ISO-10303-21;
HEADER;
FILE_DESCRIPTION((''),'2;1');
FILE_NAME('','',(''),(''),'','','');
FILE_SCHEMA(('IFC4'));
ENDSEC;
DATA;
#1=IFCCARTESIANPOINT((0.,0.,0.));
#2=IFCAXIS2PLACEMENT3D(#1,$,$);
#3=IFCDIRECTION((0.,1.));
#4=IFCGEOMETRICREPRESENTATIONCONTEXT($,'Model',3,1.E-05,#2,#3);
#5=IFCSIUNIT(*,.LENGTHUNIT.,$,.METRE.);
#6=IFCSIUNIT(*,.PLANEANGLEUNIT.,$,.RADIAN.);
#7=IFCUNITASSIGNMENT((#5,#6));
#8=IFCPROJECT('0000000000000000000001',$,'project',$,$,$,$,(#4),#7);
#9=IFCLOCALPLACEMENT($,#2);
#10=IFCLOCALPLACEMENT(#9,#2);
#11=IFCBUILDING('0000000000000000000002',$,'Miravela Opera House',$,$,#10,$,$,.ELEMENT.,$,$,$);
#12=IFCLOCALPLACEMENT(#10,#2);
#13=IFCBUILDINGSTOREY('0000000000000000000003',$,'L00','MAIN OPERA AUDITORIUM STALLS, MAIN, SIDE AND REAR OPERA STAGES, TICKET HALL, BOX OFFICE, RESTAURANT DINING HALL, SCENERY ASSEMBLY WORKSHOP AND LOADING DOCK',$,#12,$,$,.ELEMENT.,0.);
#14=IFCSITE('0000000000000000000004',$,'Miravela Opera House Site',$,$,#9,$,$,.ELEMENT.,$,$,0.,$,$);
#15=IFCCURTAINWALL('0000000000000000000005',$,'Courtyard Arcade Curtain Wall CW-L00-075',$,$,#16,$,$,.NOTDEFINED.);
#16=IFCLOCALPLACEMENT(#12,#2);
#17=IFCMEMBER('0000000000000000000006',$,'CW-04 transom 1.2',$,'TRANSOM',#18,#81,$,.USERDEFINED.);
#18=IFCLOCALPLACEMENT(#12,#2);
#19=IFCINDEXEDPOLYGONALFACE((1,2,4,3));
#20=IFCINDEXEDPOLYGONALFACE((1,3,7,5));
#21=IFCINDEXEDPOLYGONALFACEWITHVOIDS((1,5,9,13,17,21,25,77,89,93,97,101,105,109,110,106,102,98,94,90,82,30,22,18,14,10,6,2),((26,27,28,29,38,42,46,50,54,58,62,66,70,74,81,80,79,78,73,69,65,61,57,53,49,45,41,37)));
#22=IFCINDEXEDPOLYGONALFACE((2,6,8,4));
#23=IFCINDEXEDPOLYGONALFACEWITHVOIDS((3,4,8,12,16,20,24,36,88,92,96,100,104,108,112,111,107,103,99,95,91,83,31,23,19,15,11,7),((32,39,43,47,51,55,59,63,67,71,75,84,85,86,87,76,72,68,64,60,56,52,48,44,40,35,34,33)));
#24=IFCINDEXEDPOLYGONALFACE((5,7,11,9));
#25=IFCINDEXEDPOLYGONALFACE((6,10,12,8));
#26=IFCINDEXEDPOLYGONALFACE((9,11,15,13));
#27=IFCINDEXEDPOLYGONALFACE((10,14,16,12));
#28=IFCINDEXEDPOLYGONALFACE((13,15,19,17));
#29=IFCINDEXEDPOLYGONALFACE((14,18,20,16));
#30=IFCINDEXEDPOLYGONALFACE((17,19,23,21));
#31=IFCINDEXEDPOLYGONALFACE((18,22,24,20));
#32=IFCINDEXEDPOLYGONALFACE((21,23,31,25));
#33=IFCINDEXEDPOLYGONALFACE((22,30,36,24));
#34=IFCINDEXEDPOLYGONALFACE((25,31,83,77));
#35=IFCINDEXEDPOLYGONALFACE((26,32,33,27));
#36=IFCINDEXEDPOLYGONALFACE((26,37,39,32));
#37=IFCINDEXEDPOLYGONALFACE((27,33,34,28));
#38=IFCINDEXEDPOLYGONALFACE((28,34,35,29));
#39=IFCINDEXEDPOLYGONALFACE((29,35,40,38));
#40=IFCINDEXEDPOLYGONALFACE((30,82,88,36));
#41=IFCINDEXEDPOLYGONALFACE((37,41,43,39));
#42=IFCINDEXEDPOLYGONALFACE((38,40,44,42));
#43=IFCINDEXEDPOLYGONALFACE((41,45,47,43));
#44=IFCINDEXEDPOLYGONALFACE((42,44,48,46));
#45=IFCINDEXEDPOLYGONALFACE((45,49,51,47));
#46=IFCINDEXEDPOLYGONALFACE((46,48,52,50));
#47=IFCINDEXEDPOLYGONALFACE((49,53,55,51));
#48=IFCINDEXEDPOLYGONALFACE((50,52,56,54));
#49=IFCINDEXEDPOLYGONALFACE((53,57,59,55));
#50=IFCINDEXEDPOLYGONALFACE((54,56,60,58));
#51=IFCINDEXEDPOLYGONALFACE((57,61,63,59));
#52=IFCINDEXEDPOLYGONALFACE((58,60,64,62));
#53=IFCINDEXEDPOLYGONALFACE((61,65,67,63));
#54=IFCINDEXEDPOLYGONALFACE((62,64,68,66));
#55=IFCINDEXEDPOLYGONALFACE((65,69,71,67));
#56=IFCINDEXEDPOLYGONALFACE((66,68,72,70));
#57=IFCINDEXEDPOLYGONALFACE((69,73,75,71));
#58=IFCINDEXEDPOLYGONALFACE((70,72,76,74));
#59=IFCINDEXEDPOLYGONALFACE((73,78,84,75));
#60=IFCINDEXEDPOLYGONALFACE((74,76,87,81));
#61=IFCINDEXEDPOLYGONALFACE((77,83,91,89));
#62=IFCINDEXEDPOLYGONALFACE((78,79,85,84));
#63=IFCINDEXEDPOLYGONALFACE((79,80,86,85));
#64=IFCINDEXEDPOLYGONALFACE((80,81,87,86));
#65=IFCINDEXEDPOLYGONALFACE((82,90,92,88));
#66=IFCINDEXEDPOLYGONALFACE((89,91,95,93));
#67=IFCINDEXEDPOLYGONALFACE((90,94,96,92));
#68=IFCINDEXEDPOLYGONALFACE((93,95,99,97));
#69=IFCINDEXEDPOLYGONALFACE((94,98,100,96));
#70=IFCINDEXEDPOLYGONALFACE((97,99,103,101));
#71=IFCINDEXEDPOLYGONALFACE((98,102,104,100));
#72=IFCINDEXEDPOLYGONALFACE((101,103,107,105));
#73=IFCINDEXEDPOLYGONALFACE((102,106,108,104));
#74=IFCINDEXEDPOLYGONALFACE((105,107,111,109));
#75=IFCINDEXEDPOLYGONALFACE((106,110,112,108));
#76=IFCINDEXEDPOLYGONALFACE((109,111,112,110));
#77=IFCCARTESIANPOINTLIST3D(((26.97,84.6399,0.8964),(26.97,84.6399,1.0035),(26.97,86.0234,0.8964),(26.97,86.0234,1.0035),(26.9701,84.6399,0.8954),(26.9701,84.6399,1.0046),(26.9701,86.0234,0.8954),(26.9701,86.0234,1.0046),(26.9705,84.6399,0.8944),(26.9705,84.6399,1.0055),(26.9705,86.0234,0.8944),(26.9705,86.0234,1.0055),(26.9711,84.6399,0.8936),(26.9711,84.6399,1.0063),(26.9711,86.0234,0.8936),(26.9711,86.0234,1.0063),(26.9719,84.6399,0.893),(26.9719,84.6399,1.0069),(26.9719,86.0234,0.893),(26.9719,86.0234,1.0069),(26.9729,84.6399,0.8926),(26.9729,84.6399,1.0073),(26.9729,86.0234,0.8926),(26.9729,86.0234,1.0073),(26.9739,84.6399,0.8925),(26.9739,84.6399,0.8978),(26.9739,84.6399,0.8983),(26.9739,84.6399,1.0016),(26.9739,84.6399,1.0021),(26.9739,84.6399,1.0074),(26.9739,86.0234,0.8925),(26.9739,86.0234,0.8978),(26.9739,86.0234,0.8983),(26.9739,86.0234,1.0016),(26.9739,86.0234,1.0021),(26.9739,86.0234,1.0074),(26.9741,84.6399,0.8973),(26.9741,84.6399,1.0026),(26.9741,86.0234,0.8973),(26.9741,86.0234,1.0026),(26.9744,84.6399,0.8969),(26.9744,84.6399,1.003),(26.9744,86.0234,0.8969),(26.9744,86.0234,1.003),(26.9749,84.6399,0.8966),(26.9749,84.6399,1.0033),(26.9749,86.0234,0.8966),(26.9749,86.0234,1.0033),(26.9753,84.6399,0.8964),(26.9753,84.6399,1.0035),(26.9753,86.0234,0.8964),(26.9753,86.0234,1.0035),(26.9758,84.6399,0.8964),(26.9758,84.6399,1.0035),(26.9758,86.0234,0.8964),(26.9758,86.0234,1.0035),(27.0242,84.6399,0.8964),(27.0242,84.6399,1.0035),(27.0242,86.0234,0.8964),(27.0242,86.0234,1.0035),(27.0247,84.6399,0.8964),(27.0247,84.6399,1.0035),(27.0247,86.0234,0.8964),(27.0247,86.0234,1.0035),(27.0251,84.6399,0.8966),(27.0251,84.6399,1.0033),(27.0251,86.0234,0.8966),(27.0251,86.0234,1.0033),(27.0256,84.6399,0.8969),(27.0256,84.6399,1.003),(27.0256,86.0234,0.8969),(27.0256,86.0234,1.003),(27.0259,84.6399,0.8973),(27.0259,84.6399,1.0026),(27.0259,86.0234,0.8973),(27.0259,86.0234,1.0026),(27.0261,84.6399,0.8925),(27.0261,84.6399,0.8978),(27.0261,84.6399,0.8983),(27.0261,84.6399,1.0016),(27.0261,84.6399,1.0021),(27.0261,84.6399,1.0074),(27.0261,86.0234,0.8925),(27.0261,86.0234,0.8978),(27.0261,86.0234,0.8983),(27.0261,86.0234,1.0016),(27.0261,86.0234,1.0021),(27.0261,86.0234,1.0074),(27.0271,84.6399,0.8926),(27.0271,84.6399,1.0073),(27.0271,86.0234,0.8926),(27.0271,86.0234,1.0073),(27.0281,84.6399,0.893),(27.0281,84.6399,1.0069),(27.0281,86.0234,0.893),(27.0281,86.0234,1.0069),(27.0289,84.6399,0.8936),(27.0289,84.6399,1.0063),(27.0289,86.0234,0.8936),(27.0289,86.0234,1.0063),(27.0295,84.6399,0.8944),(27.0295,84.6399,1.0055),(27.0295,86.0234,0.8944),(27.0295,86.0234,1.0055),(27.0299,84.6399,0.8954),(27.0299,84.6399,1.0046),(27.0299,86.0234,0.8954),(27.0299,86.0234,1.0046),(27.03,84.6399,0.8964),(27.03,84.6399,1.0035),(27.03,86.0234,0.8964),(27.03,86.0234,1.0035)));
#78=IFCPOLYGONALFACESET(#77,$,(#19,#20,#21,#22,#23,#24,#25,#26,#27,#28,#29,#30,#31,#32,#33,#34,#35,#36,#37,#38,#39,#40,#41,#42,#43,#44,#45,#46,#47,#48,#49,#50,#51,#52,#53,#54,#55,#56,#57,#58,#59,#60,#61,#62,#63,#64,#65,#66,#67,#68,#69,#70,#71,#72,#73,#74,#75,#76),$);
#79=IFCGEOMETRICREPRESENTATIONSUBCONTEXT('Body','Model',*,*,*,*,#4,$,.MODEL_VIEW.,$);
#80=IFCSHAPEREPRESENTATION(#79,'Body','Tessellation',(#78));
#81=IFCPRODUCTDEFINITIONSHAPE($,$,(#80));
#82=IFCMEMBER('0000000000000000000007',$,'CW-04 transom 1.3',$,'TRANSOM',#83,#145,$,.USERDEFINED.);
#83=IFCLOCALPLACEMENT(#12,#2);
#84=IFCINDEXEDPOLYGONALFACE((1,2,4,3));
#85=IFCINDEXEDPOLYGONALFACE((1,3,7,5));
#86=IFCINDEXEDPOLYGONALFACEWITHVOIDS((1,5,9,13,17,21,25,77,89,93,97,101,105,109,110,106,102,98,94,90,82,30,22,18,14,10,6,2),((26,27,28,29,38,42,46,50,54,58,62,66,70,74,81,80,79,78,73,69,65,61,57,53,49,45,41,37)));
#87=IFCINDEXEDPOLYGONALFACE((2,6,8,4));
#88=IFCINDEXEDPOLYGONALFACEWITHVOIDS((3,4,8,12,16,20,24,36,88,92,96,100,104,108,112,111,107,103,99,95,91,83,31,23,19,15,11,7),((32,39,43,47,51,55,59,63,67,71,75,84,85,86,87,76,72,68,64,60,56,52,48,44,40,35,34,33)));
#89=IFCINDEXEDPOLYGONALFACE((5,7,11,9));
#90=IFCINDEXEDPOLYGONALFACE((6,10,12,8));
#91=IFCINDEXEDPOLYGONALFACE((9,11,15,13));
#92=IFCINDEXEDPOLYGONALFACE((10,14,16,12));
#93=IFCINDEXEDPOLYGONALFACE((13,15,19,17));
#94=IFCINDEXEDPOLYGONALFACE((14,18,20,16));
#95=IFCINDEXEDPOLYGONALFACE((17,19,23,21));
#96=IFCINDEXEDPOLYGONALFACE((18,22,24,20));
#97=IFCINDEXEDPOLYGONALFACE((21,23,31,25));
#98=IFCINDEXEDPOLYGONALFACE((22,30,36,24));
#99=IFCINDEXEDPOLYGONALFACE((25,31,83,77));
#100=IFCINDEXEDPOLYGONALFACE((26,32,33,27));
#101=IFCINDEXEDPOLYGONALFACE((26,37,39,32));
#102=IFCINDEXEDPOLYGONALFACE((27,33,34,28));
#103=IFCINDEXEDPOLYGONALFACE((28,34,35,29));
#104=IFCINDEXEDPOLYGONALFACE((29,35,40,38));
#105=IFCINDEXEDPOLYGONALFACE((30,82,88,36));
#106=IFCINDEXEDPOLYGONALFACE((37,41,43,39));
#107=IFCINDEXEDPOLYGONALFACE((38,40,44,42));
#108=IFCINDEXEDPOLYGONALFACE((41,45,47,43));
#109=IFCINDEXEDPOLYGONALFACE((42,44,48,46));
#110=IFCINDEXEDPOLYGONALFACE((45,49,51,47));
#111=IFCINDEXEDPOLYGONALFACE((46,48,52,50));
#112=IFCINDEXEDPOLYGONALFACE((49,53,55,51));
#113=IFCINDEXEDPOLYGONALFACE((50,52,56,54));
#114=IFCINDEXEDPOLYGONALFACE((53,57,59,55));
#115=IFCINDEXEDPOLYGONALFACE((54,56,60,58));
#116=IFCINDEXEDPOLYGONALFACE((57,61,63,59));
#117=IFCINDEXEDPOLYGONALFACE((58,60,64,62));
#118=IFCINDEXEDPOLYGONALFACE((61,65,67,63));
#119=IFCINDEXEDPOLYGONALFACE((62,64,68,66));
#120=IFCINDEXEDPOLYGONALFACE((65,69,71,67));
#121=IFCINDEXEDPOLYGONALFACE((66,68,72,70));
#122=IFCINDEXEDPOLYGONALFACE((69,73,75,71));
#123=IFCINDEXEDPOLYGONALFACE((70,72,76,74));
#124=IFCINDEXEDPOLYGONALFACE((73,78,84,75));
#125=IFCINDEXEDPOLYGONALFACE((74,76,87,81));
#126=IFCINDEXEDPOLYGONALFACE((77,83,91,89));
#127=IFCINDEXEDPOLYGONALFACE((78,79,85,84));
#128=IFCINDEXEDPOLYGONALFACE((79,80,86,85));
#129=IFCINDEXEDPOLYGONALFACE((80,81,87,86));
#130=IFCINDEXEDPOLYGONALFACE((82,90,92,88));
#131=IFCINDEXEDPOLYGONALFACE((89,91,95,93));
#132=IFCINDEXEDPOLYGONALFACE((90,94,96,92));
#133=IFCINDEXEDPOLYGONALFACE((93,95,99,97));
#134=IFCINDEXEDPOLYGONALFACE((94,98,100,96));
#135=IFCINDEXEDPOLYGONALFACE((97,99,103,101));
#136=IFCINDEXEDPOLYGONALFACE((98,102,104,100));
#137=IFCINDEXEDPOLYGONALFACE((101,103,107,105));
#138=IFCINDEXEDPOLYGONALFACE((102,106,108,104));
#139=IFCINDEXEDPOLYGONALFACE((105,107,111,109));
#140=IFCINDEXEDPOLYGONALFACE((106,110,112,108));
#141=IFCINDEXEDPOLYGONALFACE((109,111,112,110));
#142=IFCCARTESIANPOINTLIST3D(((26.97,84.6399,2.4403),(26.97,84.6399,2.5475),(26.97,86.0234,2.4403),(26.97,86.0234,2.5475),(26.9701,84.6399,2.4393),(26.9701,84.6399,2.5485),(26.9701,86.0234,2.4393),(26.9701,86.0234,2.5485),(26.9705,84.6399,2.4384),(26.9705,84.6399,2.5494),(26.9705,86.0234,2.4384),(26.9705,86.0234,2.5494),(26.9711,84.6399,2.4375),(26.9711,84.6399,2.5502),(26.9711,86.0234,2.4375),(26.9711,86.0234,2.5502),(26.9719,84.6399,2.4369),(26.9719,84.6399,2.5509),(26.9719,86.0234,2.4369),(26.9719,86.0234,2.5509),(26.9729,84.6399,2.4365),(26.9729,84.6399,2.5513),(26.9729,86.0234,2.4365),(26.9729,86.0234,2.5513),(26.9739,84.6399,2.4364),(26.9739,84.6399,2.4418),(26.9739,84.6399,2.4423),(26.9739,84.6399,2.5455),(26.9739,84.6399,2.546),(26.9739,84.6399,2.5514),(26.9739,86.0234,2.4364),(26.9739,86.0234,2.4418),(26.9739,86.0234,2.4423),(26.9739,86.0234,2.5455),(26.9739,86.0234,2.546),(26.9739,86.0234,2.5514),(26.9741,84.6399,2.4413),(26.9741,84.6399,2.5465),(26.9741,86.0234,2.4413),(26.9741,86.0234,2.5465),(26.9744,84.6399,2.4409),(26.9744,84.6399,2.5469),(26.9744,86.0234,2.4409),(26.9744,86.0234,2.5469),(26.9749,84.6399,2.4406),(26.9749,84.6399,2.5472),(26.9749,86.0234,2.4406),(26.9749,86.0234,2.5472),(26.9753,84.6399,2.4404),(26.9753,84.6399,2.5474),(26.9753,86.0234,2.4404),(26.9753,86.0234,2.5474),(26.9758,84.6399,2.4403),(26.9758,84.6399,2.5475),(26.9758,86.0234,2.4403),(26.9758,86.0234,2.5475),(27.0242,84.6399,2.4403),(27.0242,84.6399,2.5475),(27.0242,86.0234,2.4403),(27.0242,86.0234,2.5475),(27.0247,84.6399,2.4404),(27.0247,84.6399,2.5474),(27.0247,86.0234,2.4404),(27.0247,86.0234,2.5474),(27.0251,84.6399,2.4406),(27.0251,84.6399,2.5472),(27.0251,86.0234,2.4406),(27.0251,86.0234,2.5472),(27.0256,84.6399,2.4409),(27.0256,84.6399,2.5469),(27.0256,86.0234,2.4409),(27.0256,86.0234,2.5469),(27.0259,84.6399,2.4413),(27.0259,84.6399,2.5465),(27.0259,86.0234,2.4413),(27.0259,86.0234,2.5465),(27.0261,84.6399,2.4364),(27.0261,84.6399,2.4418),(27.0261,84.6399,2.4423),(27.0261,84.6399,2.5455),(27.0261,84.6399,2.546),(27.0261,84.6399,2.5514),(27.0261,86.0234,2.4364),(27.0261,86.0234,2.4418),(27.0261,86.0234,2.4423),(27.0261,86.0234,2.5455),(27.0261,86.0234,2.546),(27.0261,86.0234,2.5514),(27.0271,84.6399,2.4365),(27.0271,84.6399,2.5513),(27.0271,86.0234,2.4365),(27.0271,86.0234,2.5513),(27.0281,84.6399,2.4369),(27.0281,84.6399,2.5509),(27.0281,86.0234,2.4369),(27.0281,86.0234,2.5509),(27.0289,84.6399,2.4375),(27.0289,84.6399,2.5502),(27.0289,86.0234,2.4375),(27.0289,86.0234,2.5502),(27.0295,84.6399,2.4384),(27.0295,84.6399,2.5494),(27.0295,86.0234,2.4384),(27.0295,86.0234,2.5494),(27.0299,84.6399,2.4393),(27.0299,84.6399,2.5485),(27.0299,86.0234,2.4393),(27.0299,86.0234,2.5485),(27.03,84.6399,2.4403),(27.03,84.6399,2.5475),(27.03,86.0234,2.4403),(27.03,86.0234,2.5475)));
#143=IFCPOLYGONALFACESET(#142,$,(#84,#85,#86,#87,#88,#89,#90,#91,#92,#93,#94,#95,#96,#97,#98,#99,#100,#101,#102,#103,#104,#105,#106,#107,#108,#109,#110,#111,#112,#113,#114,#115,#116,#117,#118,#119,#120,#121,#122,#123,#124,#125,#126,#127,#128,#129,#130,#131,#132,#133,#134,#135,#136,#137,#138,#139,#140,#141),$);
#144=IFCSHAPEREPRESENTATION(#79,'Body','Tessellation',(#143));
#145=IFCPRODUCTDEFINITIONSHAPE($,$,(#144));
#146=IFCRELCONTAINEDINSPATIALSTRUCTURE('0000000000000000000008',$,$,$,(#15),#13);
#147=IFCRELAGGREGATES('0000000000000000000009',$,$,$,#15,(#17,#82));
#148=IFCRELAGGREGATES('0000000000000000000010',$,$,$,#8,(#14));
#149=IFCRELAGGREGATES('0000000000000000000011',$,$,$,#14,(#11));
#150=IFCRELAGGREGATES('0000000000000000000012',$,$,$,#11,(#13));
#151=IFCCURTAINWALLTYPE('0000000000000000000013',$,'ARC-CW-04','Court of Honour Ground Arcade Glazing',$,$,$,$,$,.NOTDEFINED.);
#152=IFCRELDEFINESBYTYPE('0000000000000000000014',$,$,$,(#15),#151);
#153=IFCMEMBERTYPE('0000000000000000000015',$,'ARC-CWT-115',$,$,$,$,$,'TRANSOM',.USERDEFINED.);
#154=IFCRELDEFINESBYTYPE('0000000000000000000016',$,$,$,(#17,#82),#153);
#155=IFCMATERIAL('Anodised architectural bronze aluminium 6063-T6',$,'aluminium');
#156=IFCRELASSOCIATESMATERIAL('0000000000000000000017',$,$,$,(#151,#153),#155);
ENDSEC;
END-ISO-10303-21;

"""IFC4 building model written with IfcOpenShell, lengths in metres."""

from ifc_helpers import new_model, si_unit, direction, frame, origin, origin_2d, place, context, subcontext, project, spatial, hollow_rectangle, extrude, material, material_profile, profile_set, type_object, element, aggregate, save


model = new_model("IFC4")

# Units and contexts
model_context = context("Model", 3, precision=1e-05, world=origin(), true_north=direction((0.0, 1.0)))
body_context = subcontext(model_context, "Body", "Model", "MODEL_VIEW")
ifc_project = project(units=[si_unit("LENGTHUNIT", "METRE"), si_unit("PLANEANGLEUNIT", "RADIAN")], contexts=[model_context])

# Site, building, storey
site_placement = place(None, origin())
site = spatial("IfcSite", under=ifc_project, at=site_placement, Name="Miravela Opera House Site", CompositionType="ELEMENT", RefElevation=0.0)
building_placement = place(site_placement, origin())
building = spatial("IfcBuilding", under=site, at=building_placement, Name="Miravela Opera House", CompositionType="ELEMENT")
storey_placement = place(building_placement, origin())
storey = spatial("IfcBuildingStorey", under=building, at=storey_placement, Name="L00", Description="MAIN OPERA AUDITORIUM STALLS, MAIN, SIDE AND REAR OPERA STAGES, TICKET HALL, BOX OFFICE, RESTAURANT DINING HALL, SCENERY ASSEMBLY WORKSHOP AND LOADING DOCK", CompositionType="ELEMENT", Elevation=0.0)

# Curtain wall, members
ifc_material_1 = material(Name="Anodised architectural bronze aluminium 6063-T6", Category="aluminium")
curtain_wall_type = type_object("IfcCurtainWallType", Name="ARC-CW-04", Description="Court of Honour Ground Arcade Glazing", PredefinedType="NOTDEFINED", material=ifc_material_1)
curtain_wall_placement = place(storey_placement, origin())
curtain_wall = element("IfcCurtainWall", 1, at=curtain_wall_placement, inside=storey, type_object=curtain_wall_type, Name="Courtyard Arcade Curtain Wall CW-L00-075", PredefinedType="NOTDEFINED")
ifc_material_profile_1 = material_profile(ifc_material_1, hollow_rectangle(XDim=0.0601, YDim=0.115, WallThickness=0.0039, InnerFilletRadius=0.002, OuterFilletRadius=0.0039, at=origin_2d()), Name="CWT-60X115")
ifc_profile_set_1 = profile_set([ifc_material_profile_1])
member_type_1 = type_object("IfcMemberType", Name="ARC-CWT-115", ElementType="TRANSOM", PredefinedType="USERDEFINED", material=ifc_profile_set_1)
member_1_placement = place(storey_placement, frame((27.0, 84.6399, 0.95), z_axis=(0.0, 1.0, 0.0), x_axis=(-1.0, 0.0, 0.0)))
member_1 = element("IfcMember", 2, at=member_1_placement, type_object=member_type_1, Name="CW-04 transom 1.2", ObjectType="TRANSOM", PredefinedType="USERDEFINED", context=body_context, shape_type="SweptSolid", body=[
    extrude(hollow_rectangle(XDim=0.0601, YDim=0.115, WallThickness=0.0039, InnerFilletRadius=0.002, OuterFilletRadius=0.0039, at=origin_2d()), origin(), (0.0, 0.0, 1.0), 1.3835),
])
member_2_placement = place(storey_placement, frame((27.0, 84.6399, 2.4939), z_axis=(0.0, 1.0, 0.0), x_axis=(-1.0, 0.0, 0.0)))
member_2 = element("IfcMember", 3, at=member_2_placement, type_object=member_type_1, Name="CW-04 transom 1.3", ObjectType="TRANSOM", PredefinedType="USERDEFINED", context=body_context, shape_type="SweptSolid", body=[
    extrude(hollow_rectangle(XDim=0.0601, YDim=0.115, WallThickness=0.0039, InnerFilletRadius=0.002, OuterFilletRadius=0.0039, at=origin_2d()), origin(), (0.0, 0.0, 1.0), 1.3835),
])

aggregate(curtain_wall, [member_1, member_2])

save(model, "model.ifc")
